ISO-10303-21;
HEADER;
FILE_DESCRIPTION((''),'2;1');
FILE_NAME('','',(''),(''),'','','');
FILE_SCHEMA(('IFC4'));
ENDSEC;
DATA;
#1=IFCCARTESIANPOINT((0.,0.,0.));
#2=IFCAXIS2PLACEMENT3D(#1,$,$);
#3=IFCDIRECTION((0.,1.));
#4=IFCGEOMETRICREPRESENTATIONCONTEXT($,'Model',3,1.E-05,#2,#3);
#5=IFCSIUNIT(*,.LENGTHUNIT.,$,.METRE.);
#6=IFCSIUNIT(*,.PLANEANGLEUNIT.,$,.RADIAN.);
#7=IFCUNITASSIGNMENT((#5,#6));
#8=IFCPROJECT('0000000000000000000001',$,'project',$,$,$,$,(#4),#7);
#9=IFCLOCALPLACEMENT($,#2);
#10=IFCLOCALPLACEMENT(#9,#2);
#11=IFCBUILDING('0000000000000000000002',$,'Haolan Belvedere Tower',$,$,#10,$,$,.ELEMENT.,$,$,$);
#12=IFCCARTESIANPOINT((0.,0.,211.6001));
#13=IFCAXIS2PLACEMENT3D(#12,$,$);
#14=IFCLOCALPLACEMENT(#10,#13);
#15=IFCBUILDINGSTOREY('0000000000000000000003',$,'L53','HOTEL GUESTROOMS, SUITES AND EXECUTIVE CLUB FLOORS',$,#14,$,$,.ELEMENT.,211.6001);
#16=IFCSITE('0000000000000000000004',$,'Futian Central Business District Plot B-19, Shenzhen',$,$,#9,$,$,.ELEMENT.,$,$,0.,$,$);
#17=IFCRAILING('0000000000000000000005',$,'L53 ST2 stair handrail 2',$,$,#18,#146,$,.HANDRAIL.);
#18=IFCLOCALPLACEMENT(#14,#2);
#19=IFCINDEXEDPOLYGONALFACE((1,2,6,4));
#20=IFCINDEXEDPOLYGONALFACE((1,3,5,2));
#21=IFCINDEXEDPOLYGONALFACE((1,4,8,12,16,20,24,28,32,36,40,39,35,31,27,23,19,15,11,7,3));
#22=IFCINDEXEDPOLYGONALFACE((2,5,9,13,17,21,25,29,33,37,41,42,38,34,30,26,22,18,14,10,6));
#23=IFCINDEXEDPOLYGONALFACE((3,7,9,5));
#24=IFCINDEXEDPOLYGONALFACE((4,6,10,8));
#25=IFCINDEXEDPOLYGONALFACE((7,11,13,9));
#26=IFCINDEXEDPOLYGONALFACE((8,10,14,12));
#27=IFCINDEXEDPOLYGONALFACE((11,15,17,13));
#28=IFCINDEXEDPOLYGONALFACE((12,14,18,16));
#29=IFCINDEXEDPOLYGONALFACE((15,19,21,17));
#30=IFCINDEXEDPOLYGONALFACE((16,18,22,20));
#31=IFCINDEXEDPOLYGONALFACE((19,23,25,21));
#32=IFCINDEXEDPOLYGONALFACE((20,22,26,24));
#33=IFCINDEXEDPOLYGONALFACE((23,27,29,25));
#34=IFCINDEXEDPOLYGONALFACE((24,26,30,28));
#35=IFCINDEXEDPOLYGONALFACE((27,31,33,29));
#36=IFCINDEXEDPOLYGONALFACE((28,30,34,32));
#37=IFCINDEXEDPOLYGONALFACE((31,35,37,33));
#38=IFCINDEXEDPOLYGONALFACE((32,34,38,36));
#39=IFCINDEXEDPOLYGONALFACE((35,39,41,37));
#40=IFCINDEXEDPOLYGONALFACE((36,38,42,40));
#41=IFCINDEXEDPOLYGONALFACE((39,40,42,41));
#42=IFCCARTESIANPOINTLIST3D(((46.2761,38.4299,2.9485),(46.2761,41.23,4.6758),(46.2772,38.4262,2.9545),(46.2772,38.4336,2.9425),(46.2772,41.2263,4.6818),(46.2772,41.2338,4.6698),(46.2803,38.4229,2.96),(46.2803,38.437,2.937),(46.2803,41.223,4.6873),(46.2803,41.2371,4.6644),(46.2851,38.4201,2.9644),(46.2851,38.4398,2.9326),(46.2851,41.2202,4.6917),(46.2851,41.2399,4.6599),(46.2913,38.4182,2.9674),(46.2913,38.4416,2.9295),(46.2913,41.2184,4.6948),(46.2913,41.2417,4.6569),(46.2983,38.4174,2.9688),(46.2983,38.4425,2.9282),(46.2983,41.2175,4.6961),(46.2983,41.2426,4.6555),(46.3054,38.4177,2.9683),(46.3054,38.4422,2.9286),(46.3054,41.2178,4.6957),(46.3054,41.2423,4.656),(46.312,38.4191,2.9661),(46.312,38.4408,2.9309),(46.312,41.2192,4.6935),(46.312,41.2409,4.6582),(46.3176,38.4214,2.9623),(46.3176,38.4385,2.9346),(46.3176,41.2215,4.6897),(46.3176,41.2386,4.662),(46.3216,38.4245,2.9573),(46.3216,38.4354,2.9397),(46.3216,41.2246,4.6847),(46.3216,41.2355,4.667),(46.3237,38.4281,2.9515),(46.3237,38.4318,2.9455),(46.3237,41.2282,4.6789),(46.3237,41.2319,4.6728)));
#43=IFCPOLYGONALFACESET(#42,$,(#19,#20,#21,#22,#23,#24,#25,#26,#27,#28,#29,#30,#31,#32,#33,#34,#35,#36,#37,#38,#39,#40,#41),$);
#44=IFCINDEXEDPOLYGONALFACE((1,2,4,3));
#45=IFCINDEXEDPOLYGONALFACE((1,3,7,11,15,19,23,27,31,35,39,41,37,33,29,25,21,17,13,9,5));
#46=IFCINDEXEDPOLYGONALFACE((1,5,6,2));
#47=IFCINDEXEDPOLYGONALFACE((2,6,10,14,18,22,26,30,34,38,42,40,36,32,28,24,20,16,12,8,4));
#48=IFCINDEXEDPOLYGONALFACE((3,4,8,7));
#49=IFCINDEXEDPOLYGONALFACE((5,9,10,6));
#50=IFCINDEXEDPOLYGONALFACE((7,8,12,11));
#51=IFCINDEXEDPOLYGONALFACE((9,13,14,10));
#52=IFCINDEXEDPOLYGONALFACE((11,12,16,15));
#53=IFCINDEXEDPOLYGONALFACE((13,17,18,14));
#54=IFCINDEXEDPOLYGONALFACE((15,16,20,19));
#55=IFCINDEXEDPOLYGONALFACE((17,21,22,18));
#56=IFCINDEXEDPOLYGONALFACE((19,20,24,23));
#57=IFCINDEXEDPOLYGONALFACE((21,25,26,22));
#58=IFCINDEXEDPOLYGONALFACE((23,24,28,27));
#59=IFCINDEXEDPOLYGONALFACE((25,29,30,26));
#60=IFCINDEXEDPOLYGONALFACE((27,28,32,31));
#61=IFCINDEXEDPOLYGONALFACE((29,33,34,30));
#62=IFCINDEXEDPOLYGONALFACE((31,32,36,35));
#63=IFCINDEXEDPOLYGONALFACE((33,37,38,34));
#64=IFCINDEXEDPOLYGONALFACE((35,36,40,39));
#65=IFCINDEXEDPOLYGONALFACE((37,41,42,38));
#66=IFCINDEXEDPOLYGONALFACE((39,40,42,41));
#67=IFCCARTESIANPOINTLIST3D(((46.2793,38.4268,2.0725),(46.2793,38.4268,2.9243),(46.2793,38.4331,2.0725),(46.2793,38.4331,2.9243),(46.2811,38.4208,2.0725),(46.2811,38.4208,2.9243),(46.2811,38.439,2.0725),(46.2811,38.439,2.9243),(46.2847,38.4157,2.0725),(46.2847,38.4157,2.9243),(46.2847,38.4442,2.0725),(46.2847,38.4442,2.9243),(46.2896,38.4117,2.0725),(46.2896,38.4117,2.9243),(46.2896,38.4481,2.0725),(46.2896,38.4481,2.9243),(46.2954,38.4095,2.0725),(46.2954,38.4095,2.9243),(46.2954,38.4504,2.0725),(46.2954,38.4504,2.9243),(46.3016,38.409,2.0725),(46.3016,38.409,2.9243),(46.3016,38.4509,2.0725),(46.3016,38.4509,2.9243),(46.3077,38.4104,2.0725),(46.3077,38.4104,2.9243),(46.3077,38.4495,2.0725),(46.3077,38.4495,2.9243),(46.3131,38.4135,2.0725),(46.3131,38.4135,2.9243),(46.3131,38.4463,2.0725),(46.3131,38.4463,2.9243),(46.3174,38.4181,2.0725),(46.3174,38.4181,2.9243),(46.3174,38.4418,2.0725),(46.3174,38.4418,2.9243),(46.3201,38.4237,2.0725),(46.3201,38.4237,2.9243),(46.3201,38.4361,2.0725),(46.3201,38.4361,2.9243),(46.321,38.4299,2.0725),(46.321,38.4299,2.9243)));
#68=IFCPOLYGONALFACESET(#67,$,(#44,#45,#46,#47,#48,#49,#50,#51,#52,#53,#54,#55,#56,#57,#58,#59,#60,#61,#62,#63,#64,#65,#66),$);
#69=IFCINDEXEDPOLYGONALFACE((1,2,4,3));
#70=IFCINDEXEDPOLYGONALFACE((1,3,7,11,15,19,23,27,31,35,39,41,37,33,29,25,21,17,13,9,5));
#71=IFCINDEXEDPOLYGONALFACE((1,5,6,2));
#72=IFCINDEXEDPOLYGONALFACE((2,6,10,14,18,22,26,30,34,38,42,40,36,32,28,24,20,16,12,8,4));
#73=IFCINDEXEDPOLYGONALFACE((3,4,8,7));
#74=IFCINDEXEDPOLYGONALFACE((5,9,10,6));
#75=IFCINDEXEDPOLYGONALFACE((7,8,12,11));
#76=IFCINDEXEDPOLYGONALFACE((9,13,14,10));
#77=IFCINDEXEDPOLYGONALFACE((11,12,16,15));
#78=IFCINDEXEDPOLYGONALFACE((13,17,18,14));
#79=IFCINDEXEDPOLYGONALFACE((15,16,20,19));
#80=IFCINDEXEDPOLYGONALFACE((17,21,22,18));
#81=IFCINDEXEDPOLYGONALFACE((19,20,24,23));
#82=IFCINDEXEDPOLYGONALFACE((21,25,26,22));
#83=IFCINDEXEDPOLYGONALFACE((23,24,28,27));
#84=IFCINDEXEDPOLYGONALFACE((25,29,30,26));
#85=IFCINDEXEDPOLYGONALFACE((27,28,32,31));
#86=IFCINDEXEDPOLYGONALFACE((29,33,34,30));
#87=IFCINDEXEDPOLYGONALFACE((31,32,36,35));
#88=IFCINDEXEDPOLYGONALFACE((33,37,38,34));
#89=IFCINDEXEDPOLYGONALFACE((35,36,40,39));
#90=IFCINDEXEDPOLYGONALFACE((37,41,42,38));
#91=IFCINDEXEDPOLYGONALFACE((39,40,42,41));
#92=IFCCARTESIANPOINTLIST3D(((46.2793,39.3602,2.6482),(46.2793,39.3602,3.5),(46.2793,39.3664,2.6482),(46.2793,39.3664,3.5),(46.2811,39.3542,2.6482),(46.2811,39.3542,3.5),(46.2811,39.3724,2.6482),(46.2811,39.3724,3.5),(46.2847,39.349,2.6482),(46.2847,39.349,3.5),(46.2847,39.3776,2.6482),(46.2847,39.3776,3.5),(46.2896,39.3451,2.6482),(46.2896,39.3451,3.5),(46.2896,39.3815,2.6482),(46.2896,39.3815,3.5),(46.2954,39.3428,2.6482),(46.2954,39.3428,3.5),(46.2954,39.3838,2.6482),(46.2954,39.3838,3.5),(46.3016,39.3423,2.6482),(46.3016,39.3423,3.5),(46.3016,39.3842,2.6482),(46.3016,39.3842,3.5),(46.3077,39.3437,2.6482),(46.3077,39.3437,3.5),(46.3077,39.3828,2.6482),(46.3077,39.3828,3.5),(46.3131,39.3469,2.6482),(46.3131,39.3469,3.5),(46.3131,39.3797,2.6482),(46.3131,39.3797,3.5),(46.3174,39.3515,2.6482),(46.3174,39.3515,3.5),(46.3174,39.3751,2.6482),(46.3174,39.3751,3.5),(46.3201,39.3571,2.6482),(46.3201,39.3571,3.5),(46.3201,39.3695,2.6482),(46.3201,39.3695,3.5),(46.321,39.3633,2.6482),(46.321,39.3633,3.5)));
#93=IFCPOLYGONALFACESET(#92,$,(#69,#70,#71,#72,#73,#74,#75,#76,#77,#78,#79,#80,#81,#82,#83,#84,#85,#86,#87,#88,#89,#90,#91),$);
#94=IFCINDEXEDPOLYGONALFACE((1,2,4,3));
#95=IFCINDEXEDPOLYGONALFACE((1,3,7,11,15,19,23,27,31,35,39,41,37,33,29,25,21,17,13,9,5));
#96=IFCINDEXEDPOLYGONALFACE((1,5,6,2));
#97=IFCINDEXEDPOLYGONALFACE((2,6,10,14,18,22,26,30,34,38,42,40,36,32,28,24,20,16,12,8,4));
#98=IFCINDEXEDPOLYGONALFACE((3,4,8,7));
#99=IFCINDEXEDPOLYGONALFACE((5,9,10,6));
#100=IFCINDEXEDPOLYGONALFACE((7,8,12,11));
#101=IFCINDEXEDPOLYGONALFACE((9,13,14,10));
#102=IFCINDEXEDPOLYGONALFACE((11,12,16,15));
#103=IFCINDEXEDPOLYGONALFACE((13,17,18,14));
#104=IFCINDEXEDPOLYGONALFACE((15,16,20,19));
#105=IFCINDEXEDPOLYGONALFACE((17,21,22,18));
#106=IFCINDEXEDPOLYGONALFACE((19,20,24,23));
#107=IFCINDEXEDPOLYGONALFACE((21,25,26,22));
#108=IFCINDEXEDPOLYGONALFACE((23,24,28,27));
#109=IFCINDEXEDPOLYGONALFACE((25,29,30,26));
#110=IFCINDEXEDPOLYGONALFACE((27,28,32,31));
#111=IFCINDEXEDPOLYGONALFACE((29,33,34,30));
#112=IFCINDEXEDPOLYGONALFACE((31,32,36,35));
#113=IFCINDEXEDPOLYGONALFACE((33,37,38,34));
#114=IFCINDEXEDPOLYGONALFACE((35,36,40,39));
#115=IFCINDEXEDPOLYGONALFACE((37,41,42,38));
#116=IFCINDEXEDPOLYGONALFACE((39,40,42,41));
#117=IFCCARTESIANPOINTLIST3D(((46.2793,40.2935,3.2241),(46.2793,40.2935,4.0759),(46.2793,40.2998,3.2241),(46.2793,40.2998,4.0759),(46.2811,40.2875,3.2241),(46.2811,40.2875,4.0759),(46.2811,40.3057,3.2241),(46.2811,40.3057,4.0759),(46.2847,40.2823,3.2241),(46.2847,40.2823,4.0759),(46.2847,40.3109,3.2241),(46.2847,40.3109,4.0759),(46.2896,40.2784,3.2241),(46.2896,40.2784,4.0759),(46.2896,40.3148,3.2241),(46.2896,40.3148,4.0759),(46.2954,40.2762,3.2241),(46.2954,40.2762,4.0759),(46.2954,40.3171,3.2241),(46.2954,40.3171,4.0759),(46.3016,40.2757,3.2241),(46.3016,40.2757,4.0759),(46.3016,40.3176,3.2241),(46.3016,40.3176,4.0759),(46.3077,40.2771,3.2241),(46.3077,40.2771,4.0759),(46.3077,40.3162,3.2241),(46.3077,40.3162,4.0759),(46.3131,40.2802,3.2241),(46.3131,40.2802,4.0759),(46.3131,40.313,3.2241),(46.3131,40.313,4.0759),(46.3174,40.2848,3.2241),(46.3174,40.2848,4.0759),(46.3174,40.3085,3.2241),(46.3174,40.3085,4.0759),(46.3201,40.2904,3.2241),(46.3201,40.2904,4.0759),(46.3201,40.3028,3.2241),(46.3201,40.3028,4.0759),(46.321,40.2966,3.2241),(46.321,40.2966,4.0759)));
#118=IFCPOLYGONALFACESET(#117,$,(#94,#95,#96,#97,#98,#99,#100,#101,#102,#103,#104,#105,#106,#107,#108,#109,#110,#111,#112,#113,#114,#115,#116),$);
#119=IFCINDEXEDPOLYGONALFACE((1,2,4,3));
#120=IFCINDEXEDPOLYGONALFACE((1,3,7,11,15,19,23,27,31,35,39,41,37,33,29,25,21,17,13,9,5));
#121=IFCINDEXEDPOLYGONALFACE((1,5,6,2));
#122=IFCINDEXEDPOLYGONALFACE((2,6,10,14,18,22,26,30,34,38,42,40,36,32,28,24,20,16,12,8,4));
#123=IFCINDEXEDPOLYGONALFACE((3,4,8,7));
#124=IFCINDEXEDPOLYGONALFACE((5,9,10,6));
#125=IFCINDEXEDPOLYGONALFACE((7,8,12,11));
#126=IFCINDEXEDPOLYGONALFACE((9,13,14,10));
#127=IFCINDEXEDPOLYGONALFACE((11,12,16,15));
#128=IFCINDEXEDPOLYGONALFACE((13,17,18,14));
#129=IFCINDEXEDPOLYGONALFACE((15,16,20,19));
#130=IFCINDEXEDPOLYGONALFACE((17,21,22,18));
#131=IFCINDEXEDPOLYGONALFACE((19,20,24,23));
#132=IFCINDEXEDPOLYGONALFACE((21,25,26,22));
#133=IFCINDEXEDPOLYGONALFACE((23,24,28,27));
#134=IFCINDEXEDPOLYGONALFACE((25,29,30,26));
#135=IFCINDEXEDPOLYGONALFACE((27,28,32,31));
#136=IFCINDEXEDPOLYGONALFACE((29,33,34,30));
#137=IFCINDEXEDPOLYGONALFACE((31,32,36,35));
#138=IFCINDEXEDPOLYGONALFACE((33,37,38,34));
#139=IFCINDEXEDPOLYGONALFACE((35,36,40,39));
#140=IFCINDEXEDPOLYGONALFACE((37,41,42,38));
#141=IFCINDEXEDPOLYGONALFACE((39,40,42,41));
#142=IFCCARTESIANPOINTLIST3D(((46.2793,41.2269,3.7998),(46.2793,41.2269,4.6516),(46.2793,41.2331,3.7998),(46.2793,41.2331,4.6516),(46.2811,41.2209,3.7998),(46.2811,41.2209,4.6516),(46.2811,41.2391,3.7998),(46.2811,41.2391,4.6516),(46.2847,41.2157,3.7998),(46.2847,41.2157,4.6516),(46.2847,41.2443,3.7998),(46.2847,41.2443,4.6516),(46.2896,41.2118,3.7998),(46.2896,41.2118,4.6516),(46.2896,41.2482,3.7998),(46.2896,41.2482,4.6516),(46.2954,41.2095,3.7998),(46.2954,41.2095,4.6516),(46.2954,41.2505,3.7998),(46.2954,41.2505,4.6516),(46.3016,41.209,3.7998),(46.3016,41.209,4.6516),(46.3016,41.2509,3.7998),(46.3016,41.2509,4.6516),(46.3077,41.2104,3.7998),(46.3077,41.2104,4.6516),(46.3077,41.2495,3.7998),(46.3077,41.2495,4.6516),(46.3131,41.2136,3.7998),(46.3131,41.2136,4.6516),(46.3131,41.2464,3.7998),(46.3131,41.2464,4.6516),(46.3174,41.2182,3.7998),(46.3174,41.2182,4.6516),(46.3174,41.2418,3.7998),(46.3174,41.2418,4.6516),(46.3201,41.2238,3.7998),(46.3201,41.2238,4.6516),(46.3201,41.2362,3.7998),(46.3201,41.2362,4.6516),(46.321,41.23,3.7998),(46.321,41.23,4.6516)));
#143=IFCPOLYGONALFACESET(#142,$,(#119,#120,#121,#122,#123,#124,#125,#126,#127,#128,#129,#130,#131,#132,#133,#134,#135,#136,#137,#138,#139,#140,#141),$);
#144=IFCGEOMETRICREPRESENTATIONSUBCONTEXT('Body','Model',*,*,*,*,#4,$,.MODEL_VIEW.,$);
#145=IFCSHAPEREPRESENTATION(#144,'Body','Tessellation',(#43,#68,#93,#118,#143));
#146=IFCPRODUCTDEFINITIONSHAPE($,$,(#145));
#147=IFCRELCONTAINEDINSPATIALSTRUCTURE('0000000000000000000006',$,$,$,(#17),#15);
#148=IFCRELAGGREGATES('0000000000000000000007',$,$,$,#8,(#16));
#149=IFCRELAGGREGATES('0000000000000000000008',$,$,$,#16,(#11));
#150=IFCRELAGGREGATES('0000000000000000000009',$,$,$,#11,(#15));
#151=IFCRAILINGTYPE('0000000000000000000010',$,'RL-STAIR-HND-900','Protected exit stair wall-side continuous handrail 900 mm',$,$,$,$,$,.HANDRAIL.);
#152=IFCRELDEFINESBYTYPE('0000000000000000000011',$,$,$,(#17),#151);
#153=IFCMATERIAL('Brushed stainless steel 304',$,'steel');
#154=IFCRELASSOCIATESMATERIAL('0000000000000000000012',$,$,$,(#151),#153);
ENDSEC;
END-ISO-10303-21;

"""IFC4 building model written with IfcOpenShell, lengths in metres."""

from ifc_helpers import new_model, si_unit, direction, frame, origin, origin_2d, place, context, subcontext, project, spatial, circle, extrude, material, type_object, element, save


model = new_model("IFC4")

# Units and contexts
model_context = context("Model", 3, precision=1e-05, world=origin(), true_north=direction((0.0, 1.0)))
body_context = subcontext(model_context, "Body", "Model", "MODEL_VIEW")
ifc_project = project(units=[si_unit("LENGTHUNIT", "METRE"), si_unit("PLANEANGLEUNIT", "RADIAN")], contexts=[model_context])

# Site, building, storey
site_placement = place(None, origin())
site = spatial("IfcSite", under=ifc_project, at=site_placement, Name="Futian Central Business District Plot B-19, Shenzhen", CompositionType="ELEMENT", RefElevation=0.0)
building_placement = place(site_placement, origin())
building = spatial("IfcBuilding", under=site, at=building_placement, Name="Haolan Belvedere Tower", CompositionType="ELEMENT")
storey_placement = place(building_placement, frame((0.0, 0.0, 211.6001)))
storey = spatial("IfcBuildingStorey", under=building, at=storey_placement, Name="L53", Description="HOTEL GUESTROOMS, SUITES AND EXECUTIVE CLUB FLOORS", CompositionType="ELEMENT", Elevation=211.6001)

# Railing
ifc_material_1 = material(Name="Brushed stainless steel 304", Category="steel")
railing_type = type_object("IfcRailingType", Name="RL-STAIR-HND-900", Description="Protected exit stair wall-side continuous handrail 900 mm", PredefinedType="HANDRAIL", material=ifc_material_1)
railing_placement = place(storey_placement, frame((46.3, 38.4299, 2.0725)))
element("IfcRailing", 1, at=railing_placement, inside=storey, type_object=railing_type, Name="L53 ST2 stair handrail 2", PredefinedType="HANDRAIL", context=body_context, shape_type="SweptSolid", body=[
    extrude(circle(Radius=0.0239, at=origin_2d()), frame((0.0, 0.0, 0.876), z_axis=(0.0, 0.85109, 0.52502), x_axis=(-1.0, 0.0, 0.0)), (0.0, 0.0, 1.0), 3.29),
    extrude(circle(Radius=0.021, at=origin_2d()), origin(), (0.0, 0.0, 1.0), 0.8518),
    extrude(circle(Radius=0.021, at=origin_2d()), frame((0.0, 0.9333, 0.5757)), (0.0, 0.0, 1.0), 0.8518),
    extrude(circle(Radius=0.021, at=origin_2d()), frame((0.0, 1.8667, 1.1516)), (0.0, 0.0, 1.0), 0.8518),
    extrude(circle(Radius=0.021, at=origin_2d()), frame((0.0, 2.8, 1.7273)), (0.0, 0.0, 1.0), 0.8518),
])

save(model, "model.ifc")
